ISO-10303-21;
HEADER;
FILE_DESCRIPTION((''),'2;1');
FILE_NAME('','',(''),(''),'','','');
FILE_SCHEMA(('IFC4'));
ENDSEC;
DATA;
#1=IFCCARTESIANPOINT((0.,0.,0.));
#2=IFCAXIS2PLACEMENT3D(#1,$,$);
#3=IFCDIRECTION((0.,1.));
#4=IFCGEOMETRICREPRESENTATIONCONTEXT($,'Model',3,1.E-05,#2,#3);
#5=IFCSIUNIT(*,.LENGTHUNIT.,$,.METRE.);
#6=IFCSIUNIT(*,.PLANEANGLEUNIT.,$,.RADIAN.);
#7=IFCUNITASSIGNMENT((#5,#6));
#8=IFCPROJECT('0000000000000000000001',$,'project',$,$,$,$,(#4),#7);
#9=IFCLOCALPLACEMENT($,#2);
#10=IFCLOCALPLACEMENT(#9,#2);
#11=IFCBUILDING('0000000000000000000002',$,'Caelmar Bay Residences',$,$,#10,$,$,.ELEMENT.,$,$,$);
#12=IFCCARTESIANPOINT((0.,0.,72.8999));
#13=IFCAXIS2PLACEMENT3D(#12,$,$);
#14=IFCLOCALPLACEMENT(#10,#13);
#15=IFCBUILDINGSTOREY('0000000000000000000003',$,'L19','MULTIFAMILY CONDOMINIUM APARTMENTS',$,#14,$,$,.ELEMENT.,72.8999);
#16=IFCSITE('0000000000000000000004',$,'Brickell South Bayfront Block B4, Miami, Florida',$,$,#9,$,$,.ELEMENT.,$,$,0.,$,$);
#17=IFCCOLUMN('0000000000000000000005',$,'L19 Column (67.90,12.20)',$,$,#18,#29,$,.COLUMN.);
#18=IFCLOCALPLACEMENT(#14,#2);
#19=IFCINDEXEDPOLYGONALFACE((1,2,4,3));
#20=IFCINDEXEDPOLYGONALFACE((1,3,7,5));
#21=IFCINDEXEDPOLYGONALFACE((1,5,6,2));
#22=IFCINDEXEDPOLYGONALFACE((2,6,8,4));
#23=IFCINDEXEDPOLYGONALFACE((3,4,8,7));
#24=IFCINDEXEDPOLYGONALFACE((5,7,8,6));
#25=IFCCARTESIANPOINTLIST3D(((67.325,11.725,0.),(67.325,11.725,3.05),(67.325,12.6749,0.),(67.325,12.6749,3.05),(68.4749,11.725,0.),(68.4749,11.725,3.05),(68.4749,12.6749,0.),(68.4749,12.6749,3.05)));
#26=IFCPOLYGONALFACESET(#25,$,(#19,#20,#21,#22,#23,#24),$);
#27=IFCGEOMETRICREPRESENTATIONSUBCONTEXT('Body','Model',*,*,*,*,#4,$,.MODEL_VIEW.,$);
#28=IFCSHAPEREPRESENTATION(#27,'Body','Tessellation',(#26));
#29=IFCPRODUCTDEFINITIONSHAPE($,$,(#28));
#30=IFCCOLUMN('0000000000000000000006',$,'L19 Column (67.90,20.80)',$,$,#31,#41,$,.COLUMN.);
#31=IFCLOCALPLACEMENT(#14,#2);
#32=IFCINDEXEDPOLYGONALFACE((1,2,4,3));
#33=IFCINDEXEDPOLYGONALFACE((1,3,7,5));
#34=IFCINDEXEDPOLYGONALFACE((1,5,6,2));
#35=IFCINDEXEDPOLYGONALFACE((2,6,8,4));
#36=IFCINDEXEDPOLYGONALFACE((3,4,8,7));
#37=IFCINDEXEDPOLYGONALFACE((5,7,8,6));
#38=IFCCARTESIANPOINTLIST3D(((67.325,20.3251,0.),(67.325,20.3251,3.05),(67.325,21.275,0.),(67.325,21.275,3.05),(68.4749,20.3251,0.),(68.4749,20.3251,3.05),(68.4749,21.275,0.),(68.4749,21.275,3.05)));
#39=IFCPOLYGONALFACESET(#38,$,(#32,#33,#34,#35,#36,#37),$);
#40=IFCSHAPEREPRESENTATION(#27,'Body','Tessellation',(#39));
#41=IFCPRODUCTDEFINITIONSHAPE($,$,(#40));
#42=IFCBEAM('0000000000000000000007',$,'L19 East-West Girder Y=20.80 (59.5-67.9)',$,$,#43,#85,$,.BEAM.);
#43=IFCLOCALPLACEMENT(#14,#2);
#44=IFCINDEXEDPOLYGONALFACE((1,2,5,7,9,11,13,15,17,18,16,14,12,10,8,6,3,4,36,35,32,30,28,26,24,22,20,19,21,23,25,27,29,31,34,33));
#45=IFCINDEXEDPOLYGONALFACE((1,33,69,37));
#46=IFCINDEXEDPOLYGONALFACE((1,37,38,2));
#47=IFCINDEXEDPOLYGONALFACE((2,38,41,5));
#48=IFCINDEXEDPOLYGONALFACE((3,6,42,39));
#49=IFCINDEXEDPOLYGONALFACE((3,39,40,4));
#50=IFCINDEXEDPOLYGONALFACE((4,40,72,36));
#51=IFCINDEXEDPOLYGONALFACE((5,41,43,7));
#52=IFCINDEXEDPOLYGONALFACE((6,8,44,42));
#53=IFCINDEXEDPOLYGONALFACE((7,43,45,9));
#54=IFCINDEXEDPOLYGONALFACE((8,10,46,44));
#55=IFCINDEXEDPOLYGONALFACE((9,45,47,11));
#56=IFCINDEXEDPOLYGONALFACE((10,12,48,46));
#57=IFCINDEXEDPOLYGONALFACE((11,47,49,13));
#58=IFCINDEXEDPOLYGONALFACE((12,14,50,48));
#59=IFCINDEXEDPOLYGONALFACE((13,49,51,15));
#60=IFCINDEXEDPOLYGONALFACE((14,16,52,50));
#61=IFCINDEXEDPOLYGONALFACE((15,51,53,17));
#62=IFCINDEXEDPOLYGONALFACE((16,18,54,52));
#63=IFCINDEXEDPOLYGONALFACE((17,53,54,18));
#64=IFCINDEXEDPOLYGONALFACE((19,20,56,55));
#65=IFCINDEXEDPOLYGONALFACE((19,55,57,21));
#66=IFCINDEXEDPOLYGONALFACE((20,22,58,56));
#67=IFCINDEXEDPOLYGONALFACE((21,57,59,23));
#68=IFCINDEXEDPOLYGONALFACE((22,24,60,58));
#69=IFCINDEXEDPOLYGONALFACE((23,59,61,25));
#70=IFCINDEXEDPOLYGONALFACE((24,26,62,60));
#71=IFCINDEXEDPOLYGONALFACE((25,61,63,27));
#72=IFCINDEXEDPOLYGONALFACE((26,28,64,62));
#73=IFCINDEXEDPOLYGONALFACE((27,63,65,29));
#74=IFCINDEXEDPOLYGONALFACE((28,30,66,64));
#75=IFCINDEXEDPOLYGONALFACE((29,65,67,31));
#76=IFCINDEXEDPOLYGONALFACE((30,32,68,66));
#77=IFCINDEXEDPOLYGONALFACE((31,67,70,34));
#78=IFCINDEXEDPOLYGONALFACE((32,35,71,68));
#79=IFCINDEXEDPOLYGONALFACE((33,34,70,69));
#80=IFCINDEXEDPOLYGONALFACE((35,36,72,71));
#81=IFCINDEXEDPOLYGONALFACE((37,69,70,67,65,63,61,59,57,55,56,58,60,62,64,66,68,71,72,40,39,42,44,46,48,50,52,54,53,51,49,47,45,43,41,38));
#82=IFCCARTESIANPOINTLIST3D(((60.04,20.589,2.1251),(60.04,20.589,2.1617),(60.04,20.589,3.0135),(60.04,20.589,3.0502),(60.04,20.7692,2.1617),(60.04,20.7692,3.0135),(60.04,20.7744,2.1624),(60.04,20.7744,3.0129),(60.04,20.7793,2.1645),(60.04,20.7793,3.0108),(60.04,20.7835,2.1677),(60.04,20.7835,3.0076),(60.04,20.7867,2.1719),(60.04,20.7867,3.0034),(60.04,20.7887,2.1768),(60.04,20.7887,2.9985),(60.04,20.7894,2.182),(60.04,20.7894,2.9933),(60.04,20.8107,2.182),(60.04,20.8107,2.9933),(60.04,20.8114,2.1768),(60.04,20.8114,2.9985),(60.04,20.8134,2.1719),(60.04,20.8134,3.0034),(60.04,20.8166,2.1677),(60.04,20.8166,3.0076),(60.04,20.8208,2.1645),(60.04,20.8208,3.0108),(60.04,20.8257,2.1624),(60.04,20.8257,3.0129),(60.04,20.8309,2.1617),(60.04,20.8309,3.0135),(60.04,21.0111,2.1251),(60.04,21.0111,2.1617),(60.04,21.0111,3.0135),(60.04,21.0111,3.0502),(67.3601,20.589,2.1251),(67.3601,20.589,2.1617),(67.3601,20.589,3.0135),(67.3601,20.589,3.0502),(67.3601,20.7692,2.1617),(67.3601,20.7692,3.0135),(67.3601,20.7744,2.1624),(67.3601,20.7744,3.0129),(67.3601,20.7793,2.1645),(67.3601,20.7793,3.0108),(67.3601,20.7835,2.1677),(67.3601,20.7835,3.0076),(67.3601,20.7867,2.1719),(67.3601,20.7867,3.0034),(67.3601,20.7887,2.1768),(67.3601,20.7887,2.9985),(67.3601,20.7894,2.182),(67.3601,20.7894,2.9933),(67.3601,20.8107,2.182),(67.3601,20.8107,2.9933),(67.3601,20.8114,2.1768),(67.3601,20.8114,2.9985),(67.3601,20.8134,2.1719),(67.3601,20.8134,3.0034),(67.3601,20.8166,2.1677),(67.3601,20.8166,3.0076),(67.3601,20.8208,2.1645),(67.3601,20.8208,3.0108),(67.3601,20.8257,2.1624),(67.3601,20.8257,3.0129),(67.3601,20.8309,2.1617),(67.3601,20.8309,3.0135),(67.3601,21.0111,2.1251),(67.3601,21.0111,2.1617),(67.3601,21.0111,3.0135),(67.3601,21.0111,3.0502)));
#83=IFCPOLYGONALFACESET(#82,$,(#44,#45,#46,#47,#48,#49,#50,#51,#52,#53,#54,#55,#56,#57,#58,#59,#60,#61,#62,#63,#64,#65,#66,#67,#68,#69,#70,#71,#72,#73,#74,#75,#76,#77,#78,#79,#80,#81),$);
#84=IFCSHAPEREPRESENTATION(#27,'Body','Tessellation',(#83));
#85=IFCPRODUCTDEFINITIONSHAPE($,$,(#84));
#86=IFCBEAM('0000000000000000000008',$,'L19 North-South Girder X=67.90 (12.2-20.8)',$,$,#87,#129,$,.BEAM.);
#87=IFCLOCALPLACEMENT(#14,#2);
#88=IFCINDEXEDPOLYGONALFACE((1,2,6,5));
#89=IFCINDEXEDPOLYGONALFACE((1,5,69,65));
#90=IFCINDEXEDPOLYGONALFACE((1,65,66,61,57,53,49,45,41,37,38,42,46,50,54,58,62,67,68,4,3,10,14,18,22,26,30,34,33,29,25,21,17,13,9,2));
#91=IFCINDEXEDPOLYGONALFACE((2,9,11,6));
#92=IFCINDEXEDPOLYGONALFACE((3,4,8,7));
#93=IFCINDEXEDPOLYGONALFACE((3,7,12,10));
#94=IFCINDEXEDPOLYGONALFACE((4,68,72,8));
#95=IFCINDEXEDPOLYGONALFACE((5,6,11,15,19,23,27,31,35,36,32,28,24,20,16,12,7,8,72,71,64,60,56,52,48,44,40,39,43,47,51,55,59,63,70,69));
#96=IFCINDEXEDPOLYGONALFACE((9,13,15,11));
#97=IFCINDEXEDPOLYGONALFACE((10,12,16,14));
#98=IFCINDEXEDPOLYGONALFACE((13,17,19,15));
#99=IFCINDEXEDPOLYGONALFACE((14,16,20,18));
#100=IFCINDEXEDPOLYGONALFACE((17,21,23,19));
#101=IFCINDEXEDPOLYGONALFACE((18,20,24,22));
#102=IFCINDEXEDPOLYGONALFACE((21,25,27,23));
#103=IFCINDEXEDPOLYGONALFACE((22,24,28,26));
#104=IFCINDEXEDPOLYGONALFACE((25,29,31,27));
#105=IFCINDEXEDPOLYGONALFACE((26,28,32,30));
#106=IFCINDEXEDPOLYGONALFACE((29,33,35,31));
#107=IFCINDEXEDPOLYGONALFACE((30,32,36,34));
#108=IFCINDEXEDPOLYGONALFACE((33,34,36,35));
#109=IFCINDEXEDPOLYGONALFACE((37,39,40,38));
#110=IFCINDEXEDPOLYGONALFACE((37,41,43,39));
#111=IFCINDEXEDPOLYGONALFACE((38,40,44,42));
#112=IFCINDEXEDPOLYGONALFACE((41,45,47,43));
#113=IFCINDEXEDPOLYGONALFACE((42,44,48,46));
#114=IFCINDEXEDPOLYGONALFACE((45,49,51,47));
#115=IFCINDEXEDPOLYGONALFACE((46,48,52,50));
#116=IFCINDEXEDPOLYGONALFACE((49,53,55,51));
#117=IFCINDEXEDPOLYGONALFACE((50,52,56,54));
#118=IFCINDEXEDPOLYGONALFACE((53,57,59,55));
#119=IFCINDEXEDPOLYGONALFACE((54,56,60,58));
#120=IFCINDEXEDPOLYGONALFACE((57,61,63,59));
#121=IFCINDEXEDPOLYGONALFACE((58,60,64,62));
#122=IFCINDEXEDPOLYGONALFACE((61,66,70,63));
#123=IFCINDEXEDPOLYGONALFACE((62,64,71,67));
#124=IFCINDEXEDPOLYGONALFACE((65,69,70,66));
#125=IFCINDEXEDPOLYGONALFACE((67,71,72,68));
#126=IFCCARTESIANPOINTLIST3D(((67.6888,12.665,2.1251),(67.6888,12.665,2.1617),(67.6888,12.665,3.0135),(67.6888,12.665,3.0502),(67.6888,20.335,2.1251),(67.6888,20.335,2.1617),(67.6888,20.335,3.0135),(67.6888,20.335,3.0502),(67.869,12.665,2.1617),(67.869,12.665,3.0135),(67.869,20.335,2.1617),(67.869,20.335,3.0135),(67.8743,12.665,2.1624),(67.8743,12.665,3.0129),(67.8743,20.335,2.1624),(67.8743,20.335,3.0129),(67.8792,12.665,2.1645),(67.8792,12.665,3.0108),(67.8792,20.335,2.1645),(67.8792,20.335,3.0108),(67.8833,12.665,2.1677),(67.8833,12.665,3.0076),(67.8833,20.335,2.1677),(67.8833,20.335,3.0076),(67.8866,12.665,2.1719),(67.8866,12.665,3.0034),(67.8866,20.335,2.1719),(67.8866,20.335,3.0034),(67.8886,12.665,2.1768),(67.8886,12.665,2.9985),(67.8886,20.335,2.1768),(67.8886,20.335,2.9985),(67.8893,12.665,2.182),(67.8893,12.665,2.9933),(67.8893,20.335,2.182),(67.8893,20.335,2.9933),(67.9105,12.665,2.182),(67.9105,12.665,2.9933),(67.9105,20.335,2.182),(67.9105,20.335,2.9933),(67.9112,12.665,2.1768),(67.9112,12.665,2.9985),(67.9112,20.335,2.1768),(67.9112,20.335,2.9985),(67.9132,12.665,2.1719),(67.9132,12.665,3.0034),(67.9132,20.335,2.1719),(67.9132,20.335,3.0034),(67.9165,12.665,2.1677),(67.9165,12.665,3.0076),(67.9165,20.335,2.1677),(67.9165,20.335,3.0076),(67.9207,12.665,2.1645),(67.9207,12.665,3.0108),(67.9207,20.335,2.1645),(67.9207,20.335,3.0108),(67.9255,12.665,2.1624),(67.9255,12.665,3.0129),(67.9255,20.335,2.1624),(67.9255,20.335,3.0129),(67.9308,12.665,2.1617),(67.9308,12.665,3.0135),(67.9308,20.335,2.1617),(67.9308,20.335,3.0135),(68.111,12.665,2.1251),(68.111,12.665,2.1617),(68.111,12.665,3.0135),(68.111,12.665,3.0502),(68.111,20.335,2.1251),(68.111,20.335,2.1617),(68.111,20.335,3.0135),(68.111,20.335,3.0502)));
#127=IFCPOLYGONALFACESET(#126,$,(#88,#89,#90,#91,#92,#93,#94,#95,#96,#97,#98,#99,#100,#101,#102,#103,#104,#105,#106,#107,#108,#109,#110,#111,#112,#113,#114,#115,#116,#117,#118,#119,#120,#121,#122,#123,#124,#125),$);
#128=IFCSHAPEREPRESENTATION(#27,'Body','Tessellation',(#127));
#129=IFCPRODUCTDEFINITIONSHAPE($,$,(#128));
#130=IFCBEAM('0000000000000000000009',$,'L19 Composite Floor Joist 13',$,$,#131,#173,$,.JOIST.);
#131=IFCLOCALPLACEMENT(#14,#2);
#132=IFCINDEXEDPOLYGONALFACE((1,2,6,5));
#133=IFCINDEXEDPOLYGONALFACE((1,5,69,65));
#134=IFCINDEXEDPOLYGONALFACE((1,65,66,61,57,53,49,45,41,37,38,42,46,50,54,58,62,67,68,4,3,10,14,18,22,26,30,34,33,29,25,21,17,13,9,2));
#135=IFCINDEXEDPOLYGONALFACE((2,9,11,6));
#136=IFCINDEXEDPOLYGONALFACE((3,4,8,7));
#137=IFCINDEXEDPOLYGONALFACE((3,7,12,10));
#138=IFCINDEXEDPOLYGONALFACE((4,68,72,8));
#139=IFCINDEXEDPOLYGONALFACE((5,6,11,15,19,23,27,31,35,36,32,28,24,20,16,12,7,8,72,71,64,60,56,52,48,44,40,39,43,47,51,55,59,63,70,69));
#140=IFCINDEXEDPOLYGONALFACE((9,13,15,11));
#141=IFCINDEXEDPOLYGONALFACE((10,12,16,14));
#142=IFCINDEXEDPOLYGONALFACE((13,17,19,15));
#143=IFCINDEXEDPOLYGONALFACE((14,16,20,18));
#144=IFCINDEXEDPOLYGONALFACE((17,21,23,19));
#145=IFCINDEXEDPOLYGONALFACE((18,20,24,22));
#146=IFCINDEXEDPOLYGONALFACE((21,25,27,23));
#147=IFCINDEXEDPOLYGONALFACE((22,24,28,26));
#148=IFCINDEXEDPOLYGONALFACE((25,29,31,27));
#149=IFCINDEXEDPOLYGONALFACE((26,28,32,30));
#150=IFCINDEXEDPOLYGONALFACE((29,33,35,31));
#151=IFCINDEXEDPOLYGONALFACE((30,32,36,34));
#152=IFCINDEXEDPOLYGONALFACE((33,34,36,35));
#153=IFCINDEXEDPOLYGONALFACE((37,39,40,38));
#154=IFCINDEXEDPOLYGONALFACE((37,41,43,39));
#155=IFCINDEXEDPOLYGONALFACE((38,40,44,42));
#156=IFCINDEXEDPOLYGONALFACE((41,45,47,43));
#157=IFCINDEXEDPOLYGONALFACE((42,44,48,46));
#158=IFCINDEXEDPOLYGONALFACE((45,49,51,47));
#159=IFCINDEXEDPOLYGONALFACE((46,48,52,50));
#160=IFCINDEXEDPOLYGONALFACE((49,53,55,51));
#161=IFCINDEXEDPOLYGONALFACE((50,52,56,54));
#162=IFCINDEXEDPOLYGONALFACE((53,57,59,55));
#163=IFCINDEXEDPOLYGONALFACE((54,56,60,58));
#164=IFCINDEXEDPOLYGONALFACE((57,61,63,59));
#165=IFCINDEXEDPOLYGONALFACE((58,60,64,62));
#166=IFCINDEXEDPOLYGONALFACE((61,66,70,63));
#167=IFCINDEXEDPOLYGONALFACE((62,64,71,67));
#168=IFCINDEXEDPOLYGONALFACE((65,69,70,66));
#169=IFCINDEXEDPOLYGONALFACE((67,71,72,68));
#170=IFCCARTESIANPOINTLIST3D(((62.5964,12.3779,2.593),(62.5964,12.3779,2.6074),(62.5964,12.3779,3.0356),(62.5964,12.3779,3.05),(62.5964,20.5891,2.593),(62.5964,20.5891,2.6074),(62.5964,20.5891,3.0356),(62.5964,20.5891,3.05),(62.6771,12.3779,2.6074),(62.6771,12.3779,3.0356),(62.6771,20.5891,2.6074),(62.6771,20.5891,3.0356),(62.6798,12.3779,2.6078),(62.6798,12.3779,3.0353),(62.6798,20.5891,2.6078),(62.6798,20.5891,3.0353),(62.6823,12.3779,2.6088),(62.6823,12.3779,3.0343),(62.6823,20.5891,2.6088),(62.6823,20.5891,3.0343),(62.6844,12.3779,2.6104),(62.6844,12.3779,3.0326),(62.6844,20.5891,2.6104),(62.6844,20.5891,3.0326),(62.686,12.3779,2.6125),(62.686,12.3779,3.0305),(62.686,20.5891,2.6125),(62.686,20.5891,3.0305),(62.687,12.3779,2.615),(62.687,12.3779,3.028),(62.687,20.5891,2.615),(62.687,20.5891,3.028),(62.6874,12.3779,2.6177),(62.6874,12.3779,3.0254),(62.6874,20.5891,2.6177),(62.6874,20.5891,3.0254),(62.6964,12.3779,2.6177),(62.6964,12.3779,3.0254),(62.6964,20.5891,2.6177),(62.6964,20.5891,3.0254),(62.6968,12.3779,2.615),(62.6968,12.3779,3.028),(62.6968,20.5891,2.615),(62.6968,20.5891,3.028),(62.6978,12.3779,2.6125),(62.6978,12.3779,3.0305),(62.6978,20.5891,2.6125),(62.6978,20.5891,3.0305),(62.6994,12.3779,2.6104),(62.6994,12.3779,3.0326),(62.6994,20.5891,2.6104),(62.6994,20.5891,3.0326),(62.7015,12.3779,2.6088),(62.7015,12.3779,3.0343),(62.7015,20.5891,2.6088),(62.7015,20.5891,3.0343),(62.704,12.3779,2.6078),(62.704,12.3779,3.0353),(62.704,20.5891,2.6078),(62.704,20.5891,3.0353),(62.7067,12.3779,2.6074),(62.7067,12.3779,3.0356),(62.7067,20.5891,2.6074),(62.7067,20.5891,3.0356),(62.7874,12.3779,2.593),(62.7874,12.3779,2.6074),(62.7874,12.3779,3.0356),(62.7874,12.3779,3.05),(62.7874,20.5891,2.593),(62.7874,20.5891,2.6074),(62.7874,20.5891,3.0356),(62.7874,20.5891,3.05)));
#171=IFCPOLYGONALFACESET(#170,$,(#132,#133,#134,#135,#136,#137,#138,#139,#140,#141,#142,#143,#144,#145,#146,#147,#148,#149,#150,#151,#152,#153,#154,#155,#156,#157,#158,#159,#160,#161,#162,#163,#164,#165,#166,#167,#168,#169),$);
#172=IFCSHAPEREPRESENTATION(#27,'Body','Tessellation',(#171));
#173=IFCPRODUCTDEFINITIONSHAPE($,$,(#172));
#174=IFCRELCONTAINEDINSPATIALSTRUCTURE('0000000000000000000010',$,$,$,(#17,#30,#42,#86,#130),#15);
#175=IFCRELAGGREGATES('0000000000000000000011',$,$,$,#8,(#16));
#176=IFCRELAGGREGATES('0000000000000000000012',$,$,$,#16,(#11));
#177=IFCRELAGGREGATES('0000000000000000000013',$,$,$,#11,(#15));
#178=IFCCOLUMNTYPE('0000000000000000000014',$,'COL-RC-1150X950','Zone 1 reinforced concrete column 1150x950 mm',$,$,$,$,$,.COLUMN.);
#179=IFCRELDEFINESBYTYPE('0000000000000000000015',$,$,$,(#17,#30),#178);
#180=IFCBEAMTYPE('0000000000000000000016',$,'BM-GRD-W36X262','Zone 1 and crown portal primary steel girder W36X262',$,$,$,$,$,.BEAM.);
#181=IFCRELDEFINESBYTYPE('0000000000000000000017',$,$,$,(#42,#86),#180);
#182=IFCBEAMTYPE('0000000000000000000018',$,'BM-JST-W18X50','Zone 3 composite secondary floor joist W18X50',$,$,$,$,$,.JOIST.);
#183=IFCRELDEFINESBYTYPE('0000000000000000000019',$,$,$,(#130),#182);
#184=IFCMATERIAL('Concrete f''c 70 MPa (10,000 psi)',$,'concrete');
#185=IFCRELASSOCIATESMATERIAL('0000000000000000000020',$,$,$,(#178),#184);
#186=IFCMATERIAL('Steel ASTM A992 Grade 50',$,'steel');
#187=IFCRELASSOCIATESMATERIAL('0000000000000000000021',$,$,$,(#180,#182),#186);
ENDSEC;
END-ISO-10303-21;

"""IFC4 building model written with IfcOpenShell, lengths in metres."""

from ifc_helpers import new_model, si_unit, direction, frame, origin, origin_2d, place, context, subcontext, project, spatial, rectangle, i_section, extrude, material, material_profile, profile_set, type_object, element, save


model = new_model("IFC4")

# Units and contexts
model_context = context("Model", 3, precision=1e-05, world=origin(), true_north=direction((0.0, 1.0)))
body_context = subcontext(model_context, "Body", "Model", "MODEL_VIEW")
ifc_project = project(units=[si_unit("LENGTHUNIT", "METRE"), si_unit("PLANEANGLEUNIT", "RADIAN")], contexts=[model_context])

# Site, building, storey
site_placement = place(None, origin())
site = spatial("IfcSite", under=ifc_project, at=site_placement, Name="Brickell South Bayfront Block B4, Miami, Florida", CompositionType="ELEMENT", RefElevation=0.0)
building_placement = place(site_placement, origin())
building = spatial("IfcBuilding", under=site, at=building_placement, Name="Caelmar Bay Residences", CompositionType="ELEMENT")
storey_placement = place(building_placement, frame((0.0, 0.0, 72.8999)))
storey = spatial("IfcBuildingStorey", under=building, at=storey_placement, Name="L19", Description="MULTIFAMILY CONDOMINIUM APARTMENTS", CompositionType="ELEMENT", Elevation=72.8999)

# Columns
ifc_material_1 = material(Name="Concrete f'c 70 MPa (10,000 psi)", Category="concrete")
ifc_material_profile_1 = material_profile(ifc_material_1, rectangle(XDim=1.1499, YDim=0.95, at=origin_2d()), Name="RC-COL-1150X950")
ifc_profile_set_1 = profile_set([ifc_material_profile_1], Name="Concrete f'c 70 MPa (10,000 psi)")
column_type = type_object("IfcColumnType", Name="COL-RC-1150X950", Description="Zone 1 reinforced concrete column 1150x950 mm", PredefinedType="COLUMN", material=ifc_profile_set_1)
for number, where, z_axis, x_axis, name in (
    (1, (67.8999, 12.2, 0.0), (0.0, 0.0, 1.0), (1.0, 0.0, 0.0), "L19 Column (67.90,12.20)"),
    (2, (67.8999, 20.8, 0.0), (0.0, 0.0, 1.0), (1.0, 0.0, 0.0), "L19 Column (67.90,20.80)"),
):
    element("IfcColumn", number, at=place(storey_placement, frame(where, z_axis=z_axis, x_axis=x_axis)), inside=storey, type_object=column_type, Name=name, PredefinedType="COLUMN", context=body_context, shape_type="SweptSolid", body=[
        extrude(rectangle(XDim=1.1499, YDim=0.95, at=origin_2d()), origin(), (0.0, 0.0, 1.0), 3.05),
    ])

# Beams
ifc_material_2 = material(Name="Steel ASTM A992 Grade 50", Category="steel")
ifc_material_profile_2 = material_profile(ifc_material_2, i_section(OverallWidth=0.4221, OverallDepth=0.925, WebThickness=0.0212, FlangeThickness=0.0366, FilletRadius=0.0203, at=origin_2d()), Name="W36X262")
ifc_profile_set_2 = profile_set([ifc_material_profile_2], Name="Steel ASTM A992 Grade 50")
beam_type_1 = type_object("IfcBeamType", Name="BM-GRD-W36X262", Description="Zone 1 and crown portal primary steel girder W36X262", PredefinedType="BEAM", material=ifc_profile_set_2)
beam_1_placement = place(storey_placement, frame((60.04, 20.8, 2.5876), z_axis=(1.0, 0.0, 0.0), x_axis=(0.0, 1.0, 0.0)))
element("IfcBeam", 3, at=beam_1_placement, inside=storey, type_object=beam_type_1, Name="L19 East-West Girder Y=20.80 (59.5-67.9)", PredefinedType="BEAM", context=body_context, shape_type="SweptSolid", body=[
    extrude(i_section(OverallWidth=0.4221, OverallDepth=0.925, WebThickness=0.0212, FlangeThickness=0.0366, FilletRadius=0.0203, at=origin_2d()), origin(), (0.0, 0.0, 1.0), 7.3201),
])
beam_2_placement = place(storey_placement, frame((67.8999, 12.665, 2.5876), z_axis=(0.0, 1.0, 0.0), x_axis=(-1.0, 0.0, 0.0)))
element("IfcBeam", 4, at=beam_2_placement, inside=storey, type_object=beam_type_1, Name="L19 North-South Girder X=67.90 (12.2-20.8)", PredefinedType="BEAM", context=body_context, shape_type="SweptSolid", body=[
    extrude(i_section(OverallWidth=0.4221, OverallDepth=0.925, WebThickness=0.0212, FlangeThickness=0.0366, FilletRadius=0.0203, at=origin_2d()), origin(), (0.0, 0.0, 1.0), 7.6699),
])
ifc_material_profile_3 = material_profile(ifc_material_2, i_section(OverallWidth=0.1909, OverallDepth=0.457, WebThickness=0.009, FlangeThickness=0.0144, FilletRadius=0.0103, at=origin_2d()), Name="W18X50")
ifc_profile_set_3 = profile_set([ifc_material_profile_3], Name="Steel ASTM A992 Grade 50")
beam_type_2 = type_object("IfcBeamType", Name="BM-JST-W18X50", Description="Zone 3 composite secondary floor joist W18X50", PredefinedType="JOIST", material=ifc_profile_set_3)
beam_3_placement = place(storey_placement, frame((62.6919, 12.3779, 2.8215), z_axis=(0.0, 1.0, 0.0), x_axis=(-1.0, 0.0, 0.0)))
element("IfcBeam", 5, at=beam_3_placement, inside=storey, type_object=beam_type_2, Name="L19 Composite Floor Joist 13", PredefinedType="JOIST", context=body_context, shape_type="SweptSolid", body=[
    extrude(i_section(OverallWidth=0.1909, OverallDepth=0.457, WebThickness=0.009, FlangeThickness=0.0144, FilletRadius=0.0103, at=origin_2d()), origin(), (0.0, 0.0, 1.0), 8.2112),
])

save(model, "model.ifc")
